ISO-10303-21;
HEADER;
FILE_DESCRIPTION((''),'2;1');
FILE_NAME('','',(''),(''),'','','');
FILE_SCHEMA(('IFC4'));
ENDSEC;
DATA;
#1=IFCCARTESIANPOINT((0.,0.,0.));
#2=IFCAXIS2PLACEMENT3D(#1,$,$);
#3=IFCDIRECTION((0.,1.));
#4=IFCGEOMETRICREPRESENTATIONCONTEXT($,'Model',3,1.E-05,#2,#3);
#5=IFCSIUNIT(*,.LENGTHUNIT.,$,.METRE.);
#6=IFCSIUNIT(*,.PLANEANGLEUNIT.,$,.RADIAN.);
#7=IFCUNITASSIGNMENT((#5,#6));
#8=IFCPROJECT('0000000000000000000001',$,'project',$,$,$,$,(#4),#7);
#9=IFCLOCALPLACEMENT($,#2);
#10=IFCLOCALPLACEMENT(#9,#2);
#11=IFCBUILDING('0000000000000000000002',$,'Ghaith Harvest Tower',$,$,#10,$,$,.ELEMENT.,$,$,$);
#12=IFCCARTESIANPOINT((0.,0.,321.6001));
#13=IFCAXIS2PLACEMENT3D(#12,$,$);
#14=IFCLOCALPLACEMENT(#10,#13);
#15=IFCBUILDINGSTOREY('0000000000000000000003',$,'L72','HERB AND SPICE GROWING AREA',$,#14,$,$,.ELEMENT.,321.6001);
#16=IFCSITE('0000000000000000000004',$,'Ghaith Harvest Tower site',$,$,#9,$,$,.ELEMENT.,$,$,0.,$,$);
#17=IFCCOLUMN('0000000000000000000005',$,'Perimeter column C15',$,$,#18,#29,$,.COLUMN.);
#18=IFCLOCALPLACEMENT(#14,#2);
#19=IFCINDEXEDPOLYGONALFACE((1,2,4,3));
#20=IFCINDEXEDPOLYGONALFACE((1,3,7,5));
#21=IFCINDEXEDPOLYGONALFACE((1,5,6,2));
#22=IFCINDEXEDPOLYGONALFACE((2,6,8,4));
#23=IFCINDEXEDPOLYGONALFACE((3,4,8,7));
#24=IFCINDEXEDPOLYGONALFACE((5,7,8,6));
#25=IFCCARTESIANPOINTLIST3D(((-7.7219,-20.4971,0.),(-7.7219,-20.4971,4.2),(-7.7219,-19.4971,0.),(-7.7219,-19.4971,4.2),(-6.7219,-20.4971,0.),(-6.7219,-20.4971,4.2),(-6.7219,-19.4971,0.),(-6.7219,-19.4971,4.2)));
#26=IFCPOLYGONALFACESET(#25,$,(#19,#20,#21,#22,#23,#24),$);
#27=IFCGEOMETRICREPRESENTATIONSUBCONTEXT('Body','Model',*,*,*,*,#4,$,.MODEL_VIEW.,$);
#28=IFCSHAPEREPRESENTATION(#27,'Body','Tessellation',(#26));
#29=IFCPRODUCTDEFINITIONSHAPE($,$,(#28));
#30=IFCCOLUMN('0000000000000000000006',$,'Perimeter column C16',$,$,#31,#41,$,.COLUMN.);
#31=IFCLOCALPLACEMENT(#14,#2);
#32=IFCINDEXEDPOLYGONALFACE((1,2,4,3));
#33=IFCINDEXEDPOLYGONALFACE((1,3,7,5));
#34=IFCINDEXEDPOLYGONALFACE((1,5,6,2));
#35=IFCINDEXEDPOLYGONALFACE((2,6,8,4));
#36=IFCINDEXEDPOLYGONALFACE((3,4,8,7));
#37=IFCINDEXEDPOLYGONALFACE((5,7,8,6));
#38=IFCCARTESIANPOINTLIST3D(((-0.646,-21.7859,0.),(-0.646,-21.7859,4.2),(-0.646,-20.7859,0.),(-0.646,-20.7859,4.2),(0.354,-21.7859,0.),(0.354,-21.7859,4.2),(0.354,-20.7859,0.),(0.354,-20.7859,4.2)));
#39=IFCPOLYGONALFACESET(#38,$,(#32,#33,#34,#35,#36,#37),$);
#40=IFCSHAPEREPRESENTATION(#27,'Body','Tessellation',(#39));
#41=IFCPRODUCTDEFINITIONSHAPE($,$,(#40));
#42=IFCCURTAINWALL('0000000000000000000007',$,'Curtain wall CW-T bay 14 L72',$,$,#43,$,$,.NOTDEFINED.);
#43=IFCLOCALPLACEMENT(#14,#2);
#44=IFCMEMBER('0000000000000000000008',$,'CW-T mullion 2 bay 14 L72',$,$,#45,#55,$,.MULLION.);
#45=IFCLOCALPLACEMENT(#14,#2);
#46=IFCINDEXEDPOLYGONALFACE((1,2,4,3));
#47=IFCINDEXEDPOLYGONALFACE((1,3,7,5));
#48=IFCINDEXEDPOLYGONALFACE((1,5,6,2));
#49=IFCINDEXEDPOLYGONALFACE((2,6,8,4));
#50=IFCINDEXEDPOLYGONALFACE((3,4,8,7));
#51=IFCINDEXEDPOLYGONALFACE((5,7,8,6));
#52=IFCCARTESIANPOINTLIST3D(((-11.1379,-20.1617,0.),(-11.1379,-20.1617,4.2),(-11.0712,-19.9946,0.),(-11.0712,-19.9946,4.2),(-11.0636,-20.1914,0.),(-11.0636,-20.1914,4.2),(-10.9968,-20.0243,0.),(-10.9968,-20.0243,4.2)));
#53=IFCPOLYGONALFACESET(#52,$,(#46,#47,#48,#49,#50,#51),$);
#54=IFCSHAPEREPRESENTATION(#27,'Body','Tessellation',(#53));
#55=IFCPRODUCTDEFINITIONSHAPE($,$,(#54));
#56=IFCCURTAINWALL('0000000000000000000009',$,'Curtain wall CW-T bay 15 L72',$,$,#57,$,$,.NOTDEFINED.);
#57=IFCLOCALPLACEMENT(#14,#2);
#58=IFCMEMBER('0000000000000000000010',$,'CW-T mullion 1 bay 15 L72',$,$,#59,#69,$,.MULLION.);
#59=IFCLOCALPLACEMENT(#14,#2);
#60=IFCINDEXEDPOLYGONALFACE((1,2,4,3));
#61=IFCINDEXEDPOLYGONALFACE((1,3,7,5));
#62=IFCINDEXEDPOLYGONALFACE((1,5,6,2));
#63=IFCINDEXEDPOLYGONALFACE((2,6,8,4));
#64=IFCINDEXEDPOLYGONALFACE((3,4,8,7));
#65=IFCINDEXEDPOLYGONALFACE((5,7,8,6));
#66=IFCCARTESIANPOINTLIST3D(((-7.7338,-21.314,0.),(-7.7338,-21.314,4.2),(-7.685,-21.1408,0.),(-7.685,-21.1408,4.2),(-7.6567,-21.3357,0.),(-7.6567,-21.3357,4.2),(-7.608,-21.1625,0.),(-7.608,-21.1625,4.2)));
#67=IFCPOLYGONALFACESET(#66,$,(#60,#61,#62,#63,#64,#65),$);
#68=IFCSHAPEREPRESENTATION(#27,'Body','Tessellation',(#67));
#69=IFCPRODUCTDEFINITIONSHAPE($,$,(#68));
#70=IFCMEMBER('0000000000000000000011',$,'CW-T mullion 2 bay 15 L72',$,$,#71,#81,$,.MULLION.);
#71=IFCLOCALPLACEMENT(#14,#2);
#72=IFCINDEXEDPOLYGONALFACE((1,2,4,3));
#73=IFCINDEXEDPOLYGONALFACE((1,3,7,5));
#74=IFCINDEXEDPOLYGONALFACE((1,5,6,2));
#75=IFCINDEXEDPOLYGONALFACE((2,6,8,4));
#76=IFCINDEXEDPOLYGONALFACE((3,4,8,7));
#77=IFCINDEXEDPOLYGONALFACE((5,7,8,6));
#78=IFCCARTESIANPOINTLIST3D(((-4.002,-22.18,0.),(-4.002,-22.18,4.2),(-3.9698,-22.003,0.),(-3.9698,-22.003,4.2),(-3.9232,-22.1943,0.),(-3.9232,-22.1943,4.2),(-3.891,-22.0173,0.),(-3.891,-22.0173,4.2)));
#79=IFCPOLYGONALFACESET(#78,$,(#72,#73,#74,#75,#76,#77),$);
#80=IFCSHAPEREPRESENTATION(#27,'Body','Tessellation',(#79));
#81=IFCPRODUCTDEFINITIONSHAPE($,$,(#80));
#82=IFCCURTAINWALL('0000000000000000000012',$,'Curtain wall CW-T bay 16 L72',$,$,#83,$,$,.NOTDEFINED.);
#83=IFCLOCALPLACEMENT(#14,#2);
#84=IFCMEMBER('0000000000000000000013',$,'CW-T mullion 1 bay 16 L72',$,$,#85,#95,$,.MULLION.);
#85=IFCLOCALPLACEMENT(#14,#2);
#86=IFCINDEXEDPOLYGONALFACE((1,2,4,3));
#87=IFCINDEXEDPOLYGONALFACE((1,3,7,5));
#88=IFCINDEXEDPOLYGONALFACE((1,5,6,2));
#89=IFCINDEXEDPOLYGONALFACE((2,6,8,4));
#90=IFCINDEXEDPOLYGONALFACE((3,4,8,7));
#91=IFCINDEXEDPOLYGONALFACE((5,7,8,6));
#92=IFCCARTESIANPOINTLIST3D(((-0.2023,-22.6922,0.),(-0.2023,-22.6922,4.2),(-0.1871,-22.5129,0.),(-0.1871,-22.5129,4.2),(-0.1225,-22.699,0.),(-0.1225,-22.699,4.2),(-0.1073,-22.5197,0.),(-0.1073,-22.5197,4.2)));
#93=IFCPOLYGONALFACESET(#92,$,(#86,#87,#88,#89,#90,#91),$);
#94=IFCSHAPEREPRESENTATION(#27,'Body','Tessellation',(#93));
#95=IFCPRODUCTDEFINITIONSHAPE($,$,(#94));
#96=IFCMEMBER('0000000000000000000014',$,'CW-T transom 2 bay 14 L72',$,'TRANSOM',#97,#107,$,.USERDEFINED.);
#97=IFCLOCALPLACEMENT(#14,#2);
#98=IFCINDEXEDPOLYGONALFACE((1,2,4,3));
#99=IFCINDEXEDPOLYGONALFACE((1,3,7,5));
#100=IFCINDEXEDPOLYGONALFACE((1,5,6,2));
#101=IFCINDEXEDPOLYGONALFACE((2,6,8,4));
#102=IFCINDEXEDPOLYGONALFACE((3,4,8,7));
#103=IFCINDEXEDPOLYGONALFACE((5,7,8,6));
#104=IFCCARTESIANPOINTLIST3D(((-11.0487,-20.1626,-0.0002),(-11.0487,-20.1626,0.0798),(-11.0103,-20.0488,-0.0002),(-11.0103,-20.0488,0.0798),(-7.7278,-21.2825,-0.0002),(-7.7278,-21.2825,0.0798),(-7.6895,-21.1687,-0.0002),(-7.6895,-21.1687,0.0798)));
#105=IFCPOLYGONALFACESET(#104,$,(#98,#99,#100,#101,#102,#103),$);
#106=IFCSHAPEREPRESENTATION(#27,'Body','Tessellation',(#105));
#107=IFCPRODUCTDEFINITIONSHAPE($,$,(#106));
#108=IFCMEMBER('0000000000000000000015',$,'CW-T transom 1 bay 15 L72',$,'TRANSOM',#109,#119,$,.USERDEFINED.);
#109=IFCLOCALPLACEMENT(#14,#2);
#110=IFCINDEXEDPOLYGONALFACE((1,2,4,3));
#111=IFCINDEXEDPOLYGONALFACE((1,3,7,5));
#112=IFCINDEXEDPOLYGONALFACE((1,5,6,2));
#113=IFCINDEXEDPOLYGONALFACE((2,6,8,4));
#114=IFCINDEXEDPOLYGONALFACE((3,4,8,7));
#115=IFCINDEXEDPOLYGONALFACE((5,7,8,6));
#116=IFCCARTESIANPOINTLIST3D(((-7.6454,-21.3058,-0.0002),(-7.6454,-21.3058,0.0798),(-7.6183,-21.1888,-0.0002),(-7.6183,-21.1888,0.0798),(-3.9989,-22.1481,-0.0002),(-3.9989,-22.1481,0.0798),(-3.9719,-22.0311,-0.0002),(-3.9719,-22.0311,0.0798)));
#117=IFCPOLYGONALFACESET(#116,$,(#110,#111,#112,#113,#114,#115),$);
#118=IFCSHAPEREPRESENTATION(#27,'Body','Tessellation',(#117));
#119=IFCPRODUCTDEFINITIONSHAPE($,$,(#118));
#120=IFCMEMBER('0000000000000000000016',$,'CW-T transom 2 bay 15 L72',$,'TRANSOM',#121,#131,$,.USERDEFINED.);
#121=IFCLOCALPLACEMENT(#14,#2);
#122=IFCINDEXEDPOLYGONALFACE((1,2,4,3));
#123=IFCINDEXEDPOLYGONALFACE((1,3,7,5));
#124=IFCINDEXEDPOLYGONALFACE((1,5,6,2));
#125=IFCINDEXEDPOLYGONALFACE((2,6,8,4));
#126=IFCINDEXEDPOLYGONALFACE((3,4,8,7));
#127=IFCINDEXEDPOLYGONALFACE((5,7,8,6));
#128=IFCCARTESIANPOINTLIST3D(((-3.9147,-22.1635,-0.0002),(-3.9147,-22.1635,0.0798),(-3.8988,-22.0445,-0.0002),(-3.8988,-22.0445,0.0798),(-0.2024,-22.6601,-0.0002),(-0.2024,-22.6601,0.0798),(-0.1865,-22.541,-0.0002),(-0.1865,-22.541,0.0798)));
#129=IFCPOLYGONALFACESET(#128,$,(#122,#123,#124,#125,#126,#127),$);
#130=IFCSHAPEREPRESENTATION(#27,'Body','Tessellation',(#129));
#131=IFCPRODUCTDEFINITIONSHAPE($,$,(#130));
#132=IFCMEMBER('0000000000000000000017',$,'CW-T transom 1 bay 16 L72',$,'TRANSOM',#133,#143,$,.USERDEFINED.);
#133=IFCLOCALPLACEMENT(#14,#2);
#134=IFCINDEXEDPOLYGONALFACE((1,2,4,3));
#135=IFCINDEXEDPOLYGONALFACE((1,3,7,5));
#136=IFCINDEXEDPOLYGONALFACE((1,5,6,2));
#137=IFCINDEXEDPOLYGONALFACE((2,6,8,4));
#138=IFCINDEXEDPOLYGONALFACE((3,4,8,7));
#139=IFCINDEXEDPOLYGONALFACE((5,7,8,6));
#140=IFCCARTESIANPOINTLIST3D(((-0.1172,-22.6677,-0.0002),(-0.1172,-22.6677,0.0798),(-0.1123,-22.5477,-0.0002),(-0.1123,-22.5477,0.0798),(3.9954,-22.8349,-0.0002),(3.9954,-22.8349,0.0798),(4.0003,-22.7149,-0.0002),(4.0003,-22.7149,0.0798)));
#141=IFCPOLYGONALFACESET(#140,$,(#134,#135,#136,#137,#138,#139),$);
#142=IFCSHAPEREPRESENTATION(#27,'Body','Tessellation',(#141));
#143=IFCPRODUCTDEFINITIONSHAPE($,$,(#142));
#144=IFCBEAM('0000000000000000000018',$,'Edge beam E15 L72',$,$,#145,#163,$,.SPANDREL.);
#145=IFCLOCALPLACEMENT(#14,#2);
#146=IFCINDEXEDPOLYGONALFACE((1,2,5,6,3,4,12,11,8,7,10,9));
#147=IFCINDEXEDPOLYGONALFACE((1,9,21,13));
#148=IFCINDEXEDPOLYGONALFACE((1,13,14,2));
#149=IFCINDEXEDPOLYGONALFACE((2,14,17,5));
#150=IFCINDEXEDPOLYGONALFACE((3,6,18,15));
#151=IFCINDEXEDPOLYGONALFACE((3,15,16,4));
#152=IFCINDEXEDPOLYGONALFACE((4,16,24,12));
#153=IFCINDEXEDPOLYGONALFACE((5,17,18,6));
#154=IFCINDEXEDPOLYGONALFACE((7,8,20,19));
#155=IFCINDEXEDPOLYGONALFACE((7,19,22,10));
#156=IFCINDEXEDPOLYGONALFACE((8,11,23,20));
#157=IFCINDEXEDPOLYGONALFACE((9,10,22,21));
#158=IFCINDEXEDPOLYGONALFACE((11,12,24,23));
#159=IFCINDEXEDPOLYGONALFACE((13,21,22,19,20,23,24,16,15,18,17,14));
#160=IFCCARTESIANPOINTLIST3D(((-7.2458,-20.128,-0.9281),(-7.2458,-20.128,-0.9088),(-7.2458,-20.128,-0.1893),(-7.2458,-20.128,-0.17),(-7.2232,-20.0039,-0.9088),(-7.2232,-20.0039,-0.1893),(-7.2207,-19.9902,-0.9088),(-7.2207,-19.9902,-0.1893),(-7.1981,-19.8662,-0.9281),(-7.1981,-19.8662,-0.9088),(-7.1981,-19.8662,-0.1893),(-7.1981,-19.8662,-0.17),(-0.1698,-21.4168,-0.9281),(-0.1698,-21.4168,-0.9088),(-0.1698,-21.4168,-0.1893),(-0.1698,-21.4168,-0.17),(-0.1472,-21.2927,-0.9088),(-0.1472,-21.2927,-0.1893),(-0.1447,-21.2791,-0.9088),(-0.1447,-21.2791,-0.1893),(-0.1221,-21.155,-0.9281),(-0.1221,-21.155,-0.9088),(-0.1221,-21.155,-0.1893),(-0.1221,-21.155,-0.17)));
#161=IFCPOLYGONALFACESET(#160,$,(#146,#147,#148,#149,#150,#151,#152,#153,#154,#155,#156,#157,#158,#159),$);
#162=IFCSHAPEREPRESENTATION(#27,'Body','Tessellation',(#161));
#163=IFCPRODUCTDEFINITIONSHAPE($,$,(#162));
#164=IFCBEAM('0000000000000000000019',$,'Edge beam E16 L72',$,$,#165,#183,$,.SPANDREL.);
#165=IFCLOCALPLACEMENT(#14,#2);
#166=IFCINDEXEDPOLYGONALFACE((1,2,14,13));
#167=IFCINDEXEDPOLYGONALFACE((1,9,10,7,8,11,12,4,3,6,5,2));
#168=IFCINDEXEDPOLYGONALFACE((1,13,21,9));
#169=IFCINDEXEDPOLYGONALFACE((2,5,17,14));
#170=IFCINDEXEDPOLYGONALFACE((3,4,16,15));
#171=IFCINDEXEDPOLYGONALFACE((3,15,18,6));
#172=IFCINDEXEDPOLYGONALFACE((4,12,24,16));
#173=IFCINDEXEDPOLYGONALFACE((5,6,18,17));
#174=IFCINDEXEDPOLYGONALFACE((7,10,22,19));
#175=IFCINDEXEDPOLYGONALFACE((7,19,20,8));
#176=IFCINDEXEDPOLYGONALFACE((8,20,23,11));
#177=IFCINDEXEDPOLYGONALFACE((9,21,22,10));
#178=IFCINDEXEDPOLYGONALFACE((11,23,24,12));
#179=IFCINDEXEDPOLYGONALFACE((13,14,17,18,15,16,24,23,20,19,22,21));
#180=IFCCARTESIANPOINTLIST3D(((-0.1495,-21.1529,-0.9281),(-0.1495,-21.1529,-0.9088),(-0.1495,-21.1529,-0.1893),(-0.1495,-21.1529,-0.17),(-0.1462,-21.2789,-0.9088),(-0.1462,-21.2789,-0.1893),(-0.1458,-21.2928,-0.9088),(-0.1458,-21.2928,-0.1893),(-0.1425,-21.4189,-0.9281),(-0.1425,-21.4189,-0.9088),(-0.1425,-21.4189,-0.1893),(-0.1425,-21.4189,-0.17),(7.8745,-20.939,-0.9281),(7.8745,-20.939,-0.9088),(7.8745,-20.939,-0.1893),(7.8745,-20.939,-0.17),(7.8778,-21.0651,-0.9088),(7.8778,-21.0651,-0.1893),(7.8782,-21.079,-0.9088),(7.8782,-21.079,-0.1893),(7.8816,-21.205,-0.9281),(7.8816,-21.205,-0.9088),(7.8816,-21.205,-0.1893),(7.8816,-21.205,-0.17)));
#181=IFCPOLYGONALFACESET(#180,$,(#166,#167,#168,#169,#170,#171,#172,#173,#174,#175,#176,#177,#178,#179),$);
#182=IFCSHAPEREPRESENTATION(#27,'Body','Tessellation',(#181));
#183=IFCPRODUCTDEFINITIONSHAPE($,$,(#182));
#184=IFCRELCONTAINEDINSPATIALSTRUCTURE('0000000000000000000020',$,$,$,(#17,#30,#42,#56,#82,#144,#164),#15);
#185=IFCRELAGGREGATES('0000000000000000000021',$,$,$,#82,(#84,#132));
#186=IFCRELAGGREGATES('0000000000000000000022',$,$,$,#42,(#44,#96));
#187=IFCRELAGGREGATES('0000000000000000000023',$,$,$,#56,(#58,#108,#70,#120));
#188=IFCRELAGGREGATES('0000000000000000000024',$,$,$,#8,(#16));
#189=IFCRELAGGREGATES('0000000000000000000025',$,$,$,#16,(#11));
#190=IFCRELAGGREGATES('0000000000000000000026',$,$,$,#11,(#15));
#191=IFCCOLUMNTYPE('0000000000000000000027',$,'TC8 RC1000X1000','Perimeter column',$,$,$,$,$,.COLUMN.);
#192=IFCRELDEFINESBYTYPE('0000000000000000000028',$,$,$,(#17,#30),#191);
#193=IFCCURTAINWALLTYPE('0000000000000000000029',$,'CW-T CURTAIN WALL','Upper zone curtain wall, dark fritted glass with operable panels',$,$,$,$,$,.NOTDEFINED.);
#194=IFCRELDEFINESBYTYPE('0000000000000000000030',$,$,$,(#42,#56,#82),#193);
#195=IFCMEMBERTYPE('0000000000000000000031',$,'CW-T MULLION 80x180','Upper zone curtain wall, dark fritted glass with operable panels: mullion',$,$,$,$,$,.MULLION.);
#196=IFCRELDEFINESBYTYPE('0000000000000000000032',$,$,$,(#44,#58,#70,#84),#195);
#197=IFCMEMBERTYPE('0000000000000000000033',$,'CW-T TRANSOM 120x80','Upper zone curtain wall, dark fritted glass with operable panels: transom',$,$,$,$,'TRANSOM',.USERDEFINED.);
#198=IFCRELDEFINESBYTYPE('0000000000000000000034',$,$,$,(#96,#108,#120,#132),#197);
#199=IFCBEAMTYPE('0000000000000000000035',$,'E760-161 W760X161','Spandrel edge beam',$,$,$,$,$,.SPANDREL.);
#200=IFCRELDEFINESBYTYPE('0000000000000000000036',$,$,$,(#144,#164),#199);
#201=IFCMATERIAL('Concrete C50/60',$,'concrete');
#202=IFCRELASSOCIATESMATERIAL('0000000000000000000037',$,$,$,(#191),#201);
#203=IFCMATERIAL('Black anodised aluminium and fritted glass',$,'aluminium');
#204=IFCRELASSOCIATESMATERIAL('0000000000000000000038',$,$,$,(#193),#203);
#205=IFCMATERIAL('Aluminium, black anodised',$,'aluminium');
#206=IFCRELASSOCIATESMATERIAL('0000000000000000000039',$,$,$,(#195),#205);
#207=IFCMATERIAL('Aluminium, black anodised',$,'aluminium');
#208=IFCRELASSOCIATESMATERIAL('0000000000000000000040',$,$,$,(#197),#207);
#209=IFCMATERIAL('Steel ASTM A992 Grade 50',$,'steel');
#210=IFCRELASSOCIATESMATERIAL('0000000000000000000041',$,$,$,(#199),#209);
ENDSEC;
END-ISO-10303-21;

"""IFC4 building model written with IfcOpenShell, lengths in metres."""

from ifc_helpers import new_model, si_unit, direction, frame, origin, origin_2d, place, context, subcontext, project, spatial, rectangle, i_section, extrude, material, material_profile, profile_set, type_object, element, aggregate, save


model = new_model("IFC4")

# Units and contexts
model_context = context("Model", 3, precision=1e-05, world=origin(), true_north=direction((0.0, 1.0)))
body_context = subcontext(model_context, "Body", "Model", "MODEL_VIEW")
ifc_project = project(units=[si_unit("LENGTHUNIT", "METRE"), si_unit("PLANEANGLEUNIT", "RADIAN")], contexts=[model_context])

# Site, building, storey
site_placement = place(None, origin())
site = spatial("IfcSite", under=ifc_project, at=site_placement, Name="Ghaith Harvest Tower site", CompositionType="ELEMENT", RefElevation=0.0)
building_placement = place(site_placement, origin())
building = spatial("IfcBuilding", under=site, at=building_placement, Name="Ghaith Harvest Tower", CompositionType="ELEMENT")
storey_placement = place(building_placement, frame((0.0, 0.0, 321.6001)))
storey = spatial("IfcBuildingStorey", under=building, at=storey_placement, Name="L72", Description="HERB AND SPICE GROWING AREA", CompositionType="ELEMENT", Elevation=321.6001)

# Columns
ifc_material_1 = material(Name="Concrete C50/60", Category="concrete")
ifc_material_profile_1 = material_profile(ifc_material_1, rectangle(XDim=1.0, YDim=1.0, at=origin_2d()), Name="RC1000X1000")
ifc_profile_set_1 = profile_set([ifc_material_profile_1], Name="Concrete C50/60")
column_type = type_object("IfcColumnType", Name="TC8 RC1000X1000", Description="Perimeter column", PredefinedType="COLUMN", material=ifc_profile_set_1)
for number, where, z_axis, x_axis, name in (
    (1, (-7.2219, -19.9971, 0.0), (0.0, 0.0, 1.0), (1.0, 0.0, 0.0), "Perimeter column C15"),
    (2, (-0.146, -21.2859, 0.0), (0.0, 0.0, 1.0), (1.0, 0.0, 0.0), "Perimeter column C16"),
):
    element("IfcColumn", number, at=place(storey_placement, frame(where, z_axis=z_axis, x_axis=x_axis)), inside=storey, type_object=column_type, Name=name, PredefinedType="COLUMN", context=body_context, shape_type="SweptSolid", body=[
        extrude(rectangle(XDim=1.0, YDim=1.0, at=origin_2d()), origin(), (0.0, 0.0, 1.0), 4.2),
    ])

# Curtain wall, member
ifc_material_2 = material(Name="Black anodised aluminium and fritted glass", Category="aluminium")
curtain_wall_type = type_object("IfcCurtainWallType", Name="CW-T CURTAIN WALL", Description="Upper zone curtain wall, dark fritted glass with operable panels", PredefinedType="NOTDEFINED", material=ifc_material_2)
curtain_wall_1_placement = place(storey_placement, origin())
curtain_wall_1 = element("IfcCurtainWall", 3, at=curtain_wall_1_placement, inside=storey, type_object=curtain_wall_type, Name="Curtain wall CW-T bay 14 L72", PredefinedType="NOTDEFINED")
ifc_material_3 = material(Name="Aluminium, black anodised", Category="aluminium")
ifc_material_profile_2 = material_profile(ifc_material_3, rectangle(XDim=0.0801, YDim=0.1799, at=origin_2d()), Name="CW-T MULLION 80x180")
ifc_profile_set_2 = profile_set([ifc_material_profile_2], Name="Aluminium, black anodised")
member_type_1 = type_object("IfcMemberType", Name="CW-T MULLION 80x180", Description="Upper zone curtain wall, dark fritted glass with operable panels: mullion", PredefinedType="MULLION", material=ifc_profile_set_2)
member_1_placement = place(storey_placement, frame((-11.0674, -20.093, 0.0), z_axis=(0.0, 0.0, 1.0), x_axis=(0.928624, -0.371021, 0.0)))
member_1 = element("IfcMember", 4, at=member_1_placement, type_object=member_type_1, Name="CW-T mullion 2 bay 14 L72", PredefinedType="MULLION", context=body_context, shape_type="SweptSolid", body=[
    extrude(rectangle(XDim=0.0801, YDim=0.1799, at=origin_2d()), origin(), (0.0, 0.0, 1.0), 4.2),
])

# Curtain wall, members
curtain_wall_2_placement = place(storey_placement, origin())
curtain_wall_2 = element("IfcCurtainWall", 5, at=curtain_wall_2_placement, inside=storey, type_object=curtain_wall_type, Name="Curtain wall CW-T bay 15 L72", PredefinedType="NOTDEFINED")
member_2_placement = place(storey_placement, frame((-7.6709, -21.2383, 0.0), z_axis=(0.0, 0.0, 1.0), x_axis=(0.962552, -0.271095, 0.0)))
member_2 = element("IfcMember", 6, at=member_2_placement, type_object=member_type_1, Name="CW-T mullion 1 bay 15 L72", PredefinedType="MULLION", context=body_context, shape_type="SweptSolid", body=[
    extrude(rectangle(XDim=0.0801, YDim=0.1799, at=origin_2d()), origin(), (0.0, 0.0, 1.0), 4.2),
])
member_3_placement = place(storey_placement, frame((-3.9465, -22.0986, 0.0), z_axis=(0.0, 0.0, 1.0), x_axis=(0.983843, -0.179031, 0.0)))
member_3 = element("IfcMember", 7, at=member_3_placement, type_object=member_type_1, Name="CW-T mullion 2 bay 15 L72", PredefinedType="MULLION", context=body_context, shape_type="SweptSolid", body=[
    extrude(rectangle(XDim=0.0801, YDim=0.1799, at=origin_2d()), origin(), (0.0, 0.0, 1.0), 4.2),
])

# Curtain wall, member
curtain_wall_3_placement = place(storey_placement, origin())
curtain_wall_3 = element("IfcCurtainWall", 8, at=curtain_wall_3_placement, inside=storey, type_object=curtain_wall_type, Name="Curtain wall CW-T bay 16 L72", PredefinedType="NOTDEFINED")
member_4_placement = place(storey_placement, frame((-0.1548, -22.606, 0.0), z_axis=(0.0, 0.0, 1.0), x_axis=(0.996415, -0.084602, 0.0)))
member_4 = element("IfcMember", 9, at=member_4_placement, type_object=member_type_1, Name="CW-T mullion 1 bay 16 L72", PredefinedType="MULLION", context=body_context, shape_type="SweptSolid", body=[
    extrude(rectangle(XDim=0.0801, YDim=0.1799, at=origin_2d()), origin(), (0.0, 0.0, 1.0), 4.2),
])

# Members
ifc_material_4 = material(Name="Aluminium, black anodised", Category="aluminium")
ifc_material_profile_3 = material_profile(ifc_material_4, rectangle(XDim=0.1201, YDim=0.0801, at=origin_2d()), Name="CW-T TRANSOM 120x80")
ifc_profile_set_3 = profile_set([ifc_material_profile_3], Name="Aluminium, black anodised")
member_type_2 = type_object("IfcMemberType", Name="CW-T TRANSOM 120x80", Description="Upper zone curtain wall, dark fritted glass with operable panels: transom", ElementType="TRANSOM", PredefinedType="USERDEFINED", material=ifc_profile_set_3)
member_5_placement = place(storey_placement, frame((-11.0295, -20.1057, 0.0398), z_axis=(0.94757, -0.319549, 0.0), x_axis=(0.319549, 0.94757, 0.0)))
member_5 = element("IfcMember", 10, at=member_5_placement, type_object=member_type_2, Name="CW-T transom 2 bay 14 L72", ObjectType="TRANSOM", PredefinedType="USERDEFINED", context=body_context, shape_type="SweptSolid", body=[
    extrude(rectangle(XDim=0.1201, YDim=0.0801, at=origin_2d()), origin(), (0.0, 0.0, 1.0), 3.5046),
])
member_6_placement = place(storey_placement, frame((-7.6318, -21.2473, 0.0398), z_axis=(0.974345, -0.22506, 0.0), x_axis=(0.22506, 0.974345, 0.0)))
member_6 = element("IfcMember", 11, at=member_6_placement, type_object=member_type_2, Name="CW-T transom 1 bay 15 L72", ObjectType="TRANSOM", PredefinedType="USERDEFINED", context=body_context, shape_type="SweptSolid", body=[
    extrude(rectangle(XDim=0.1201, YDim=0.0801, at=origin_2d()), origin(), (0.0, 0.0, 1.0), 3.7424),
])
member_7_placement = place(storey_placement, frame((-3.9067, -22.104, 0.0398), z_axis=(0.991172, -0.132582, 0.0), x_axis=(0.132582, 0.991172, 0.0)))
member_7 = element("IfcMember", 12, at=member_7_placement, type_object=member_type_2, Name="CW-T transom 2 bay 15 L72", ObjectType="TRANSOM", PredefinedType="USERDEFINED", context=body_context, shape_type="SweptSolid", body=[
    extrude(rectangle(XDim=0.1201, YDim=0.0801, at=origin_2d()), origin(), (0.0, 0.0, 1.0), 3.7454),
])
member_8_placement = place(storey_placement, frame((-0.1147, -22.6077, 0.0398), z_axis=(0.999174, -0.040631, 0.0), x_axis=(0.040631, 0.999174, 0.0)))
member_8 = element("IfcMember", 13, at=member_8_placement, type_object=member_type_2, Name="CW-T transom 1 bay 16 L72", ObjectType="TRANSOM", PredefinedType="USERDEFINED", context=body_context, shape_type="SweptSolid", body=[
    extrude(rectangle(XDim=0.1201, YDim=0.0801, at=origin_2d()), origin(), (0.0, 0.0, 1.0), 4.116),
])
aggregate(curtain_wall_3, [member_4, member_8])

# Beams
ifc_material_5 = material(Name="Steel ASTM A992 Grade 50", Category="steel")
ifc_material_profile_4 = material_profile(ifc_material_5, i_section(OverallWidth=0.2661, OverallDepth=0.7581, WebThickness=0.0139, FlangeThickness=0.0193, at=origin_2d()), Name="W760X161")
ifc_profile_set_4 = profile_set([ifc_material_profile_4], Name="Steel ASTM A992 Grade 50")
beam_type_1 = type_object("IfcBeamType", Name="E760-161 W760X161", Description="Spandrel edge beam", PredefinedType="SPANDREL", material=ifc_profile_set_4)
beam_1_placement = place(storey_placement, frame((-7.2219, -19.9971, -0.5491), z_axis=(0.983814, -0.179193, 0.0), x_axis=(0.179193, 0.983814, 0.0)))
element("IfcBeam", 14, at=beam_1_placement, inside=storey, type_object=beam_type_1, Name="Edge beam E15 L72", PredefinedType="SPANDREL", context=body_context, shape_type="SweptSolid", body=[
    extrude(i_section(OverallWidth=0.2661, OverallDepth=0.7581, WebThickness=0.0139, FlangeThickness=0.0193, at=origin_2d()), origin(), (0.0, 0.0, 1.0), 7.1924),
])
beam_2_placement = place(storey_placement, frame((-0.146, -21.2859, -0.5491), z_axis=(0.999645, 0.026644, 0.0), x_axis=(-0.026644, 0.999645, 0.0)))
element("IfcBeam", 15, at=beam_2_placement, inside=storey, type_object=beam_type_1, Name="Edge beam E16 L72", PredefinedType="SPANDREL", context=body_context, shape_type="SweptSolid", body=[
    extrude(i_section(OverallWidth=0.2661, OverallDepth=0.7581, WebThickness=0.0139, FlangeThickness=0.0193, at=origin_2d()), origin(), (0.0, 0.0, 1.0), 8.0269),
])

aggregate(curtain_wall_1, [member_1, member_5])
aggregate(curtain_wall_2, [member_2, member_6, member_3, member_7])

save(model, "model.ifc")
